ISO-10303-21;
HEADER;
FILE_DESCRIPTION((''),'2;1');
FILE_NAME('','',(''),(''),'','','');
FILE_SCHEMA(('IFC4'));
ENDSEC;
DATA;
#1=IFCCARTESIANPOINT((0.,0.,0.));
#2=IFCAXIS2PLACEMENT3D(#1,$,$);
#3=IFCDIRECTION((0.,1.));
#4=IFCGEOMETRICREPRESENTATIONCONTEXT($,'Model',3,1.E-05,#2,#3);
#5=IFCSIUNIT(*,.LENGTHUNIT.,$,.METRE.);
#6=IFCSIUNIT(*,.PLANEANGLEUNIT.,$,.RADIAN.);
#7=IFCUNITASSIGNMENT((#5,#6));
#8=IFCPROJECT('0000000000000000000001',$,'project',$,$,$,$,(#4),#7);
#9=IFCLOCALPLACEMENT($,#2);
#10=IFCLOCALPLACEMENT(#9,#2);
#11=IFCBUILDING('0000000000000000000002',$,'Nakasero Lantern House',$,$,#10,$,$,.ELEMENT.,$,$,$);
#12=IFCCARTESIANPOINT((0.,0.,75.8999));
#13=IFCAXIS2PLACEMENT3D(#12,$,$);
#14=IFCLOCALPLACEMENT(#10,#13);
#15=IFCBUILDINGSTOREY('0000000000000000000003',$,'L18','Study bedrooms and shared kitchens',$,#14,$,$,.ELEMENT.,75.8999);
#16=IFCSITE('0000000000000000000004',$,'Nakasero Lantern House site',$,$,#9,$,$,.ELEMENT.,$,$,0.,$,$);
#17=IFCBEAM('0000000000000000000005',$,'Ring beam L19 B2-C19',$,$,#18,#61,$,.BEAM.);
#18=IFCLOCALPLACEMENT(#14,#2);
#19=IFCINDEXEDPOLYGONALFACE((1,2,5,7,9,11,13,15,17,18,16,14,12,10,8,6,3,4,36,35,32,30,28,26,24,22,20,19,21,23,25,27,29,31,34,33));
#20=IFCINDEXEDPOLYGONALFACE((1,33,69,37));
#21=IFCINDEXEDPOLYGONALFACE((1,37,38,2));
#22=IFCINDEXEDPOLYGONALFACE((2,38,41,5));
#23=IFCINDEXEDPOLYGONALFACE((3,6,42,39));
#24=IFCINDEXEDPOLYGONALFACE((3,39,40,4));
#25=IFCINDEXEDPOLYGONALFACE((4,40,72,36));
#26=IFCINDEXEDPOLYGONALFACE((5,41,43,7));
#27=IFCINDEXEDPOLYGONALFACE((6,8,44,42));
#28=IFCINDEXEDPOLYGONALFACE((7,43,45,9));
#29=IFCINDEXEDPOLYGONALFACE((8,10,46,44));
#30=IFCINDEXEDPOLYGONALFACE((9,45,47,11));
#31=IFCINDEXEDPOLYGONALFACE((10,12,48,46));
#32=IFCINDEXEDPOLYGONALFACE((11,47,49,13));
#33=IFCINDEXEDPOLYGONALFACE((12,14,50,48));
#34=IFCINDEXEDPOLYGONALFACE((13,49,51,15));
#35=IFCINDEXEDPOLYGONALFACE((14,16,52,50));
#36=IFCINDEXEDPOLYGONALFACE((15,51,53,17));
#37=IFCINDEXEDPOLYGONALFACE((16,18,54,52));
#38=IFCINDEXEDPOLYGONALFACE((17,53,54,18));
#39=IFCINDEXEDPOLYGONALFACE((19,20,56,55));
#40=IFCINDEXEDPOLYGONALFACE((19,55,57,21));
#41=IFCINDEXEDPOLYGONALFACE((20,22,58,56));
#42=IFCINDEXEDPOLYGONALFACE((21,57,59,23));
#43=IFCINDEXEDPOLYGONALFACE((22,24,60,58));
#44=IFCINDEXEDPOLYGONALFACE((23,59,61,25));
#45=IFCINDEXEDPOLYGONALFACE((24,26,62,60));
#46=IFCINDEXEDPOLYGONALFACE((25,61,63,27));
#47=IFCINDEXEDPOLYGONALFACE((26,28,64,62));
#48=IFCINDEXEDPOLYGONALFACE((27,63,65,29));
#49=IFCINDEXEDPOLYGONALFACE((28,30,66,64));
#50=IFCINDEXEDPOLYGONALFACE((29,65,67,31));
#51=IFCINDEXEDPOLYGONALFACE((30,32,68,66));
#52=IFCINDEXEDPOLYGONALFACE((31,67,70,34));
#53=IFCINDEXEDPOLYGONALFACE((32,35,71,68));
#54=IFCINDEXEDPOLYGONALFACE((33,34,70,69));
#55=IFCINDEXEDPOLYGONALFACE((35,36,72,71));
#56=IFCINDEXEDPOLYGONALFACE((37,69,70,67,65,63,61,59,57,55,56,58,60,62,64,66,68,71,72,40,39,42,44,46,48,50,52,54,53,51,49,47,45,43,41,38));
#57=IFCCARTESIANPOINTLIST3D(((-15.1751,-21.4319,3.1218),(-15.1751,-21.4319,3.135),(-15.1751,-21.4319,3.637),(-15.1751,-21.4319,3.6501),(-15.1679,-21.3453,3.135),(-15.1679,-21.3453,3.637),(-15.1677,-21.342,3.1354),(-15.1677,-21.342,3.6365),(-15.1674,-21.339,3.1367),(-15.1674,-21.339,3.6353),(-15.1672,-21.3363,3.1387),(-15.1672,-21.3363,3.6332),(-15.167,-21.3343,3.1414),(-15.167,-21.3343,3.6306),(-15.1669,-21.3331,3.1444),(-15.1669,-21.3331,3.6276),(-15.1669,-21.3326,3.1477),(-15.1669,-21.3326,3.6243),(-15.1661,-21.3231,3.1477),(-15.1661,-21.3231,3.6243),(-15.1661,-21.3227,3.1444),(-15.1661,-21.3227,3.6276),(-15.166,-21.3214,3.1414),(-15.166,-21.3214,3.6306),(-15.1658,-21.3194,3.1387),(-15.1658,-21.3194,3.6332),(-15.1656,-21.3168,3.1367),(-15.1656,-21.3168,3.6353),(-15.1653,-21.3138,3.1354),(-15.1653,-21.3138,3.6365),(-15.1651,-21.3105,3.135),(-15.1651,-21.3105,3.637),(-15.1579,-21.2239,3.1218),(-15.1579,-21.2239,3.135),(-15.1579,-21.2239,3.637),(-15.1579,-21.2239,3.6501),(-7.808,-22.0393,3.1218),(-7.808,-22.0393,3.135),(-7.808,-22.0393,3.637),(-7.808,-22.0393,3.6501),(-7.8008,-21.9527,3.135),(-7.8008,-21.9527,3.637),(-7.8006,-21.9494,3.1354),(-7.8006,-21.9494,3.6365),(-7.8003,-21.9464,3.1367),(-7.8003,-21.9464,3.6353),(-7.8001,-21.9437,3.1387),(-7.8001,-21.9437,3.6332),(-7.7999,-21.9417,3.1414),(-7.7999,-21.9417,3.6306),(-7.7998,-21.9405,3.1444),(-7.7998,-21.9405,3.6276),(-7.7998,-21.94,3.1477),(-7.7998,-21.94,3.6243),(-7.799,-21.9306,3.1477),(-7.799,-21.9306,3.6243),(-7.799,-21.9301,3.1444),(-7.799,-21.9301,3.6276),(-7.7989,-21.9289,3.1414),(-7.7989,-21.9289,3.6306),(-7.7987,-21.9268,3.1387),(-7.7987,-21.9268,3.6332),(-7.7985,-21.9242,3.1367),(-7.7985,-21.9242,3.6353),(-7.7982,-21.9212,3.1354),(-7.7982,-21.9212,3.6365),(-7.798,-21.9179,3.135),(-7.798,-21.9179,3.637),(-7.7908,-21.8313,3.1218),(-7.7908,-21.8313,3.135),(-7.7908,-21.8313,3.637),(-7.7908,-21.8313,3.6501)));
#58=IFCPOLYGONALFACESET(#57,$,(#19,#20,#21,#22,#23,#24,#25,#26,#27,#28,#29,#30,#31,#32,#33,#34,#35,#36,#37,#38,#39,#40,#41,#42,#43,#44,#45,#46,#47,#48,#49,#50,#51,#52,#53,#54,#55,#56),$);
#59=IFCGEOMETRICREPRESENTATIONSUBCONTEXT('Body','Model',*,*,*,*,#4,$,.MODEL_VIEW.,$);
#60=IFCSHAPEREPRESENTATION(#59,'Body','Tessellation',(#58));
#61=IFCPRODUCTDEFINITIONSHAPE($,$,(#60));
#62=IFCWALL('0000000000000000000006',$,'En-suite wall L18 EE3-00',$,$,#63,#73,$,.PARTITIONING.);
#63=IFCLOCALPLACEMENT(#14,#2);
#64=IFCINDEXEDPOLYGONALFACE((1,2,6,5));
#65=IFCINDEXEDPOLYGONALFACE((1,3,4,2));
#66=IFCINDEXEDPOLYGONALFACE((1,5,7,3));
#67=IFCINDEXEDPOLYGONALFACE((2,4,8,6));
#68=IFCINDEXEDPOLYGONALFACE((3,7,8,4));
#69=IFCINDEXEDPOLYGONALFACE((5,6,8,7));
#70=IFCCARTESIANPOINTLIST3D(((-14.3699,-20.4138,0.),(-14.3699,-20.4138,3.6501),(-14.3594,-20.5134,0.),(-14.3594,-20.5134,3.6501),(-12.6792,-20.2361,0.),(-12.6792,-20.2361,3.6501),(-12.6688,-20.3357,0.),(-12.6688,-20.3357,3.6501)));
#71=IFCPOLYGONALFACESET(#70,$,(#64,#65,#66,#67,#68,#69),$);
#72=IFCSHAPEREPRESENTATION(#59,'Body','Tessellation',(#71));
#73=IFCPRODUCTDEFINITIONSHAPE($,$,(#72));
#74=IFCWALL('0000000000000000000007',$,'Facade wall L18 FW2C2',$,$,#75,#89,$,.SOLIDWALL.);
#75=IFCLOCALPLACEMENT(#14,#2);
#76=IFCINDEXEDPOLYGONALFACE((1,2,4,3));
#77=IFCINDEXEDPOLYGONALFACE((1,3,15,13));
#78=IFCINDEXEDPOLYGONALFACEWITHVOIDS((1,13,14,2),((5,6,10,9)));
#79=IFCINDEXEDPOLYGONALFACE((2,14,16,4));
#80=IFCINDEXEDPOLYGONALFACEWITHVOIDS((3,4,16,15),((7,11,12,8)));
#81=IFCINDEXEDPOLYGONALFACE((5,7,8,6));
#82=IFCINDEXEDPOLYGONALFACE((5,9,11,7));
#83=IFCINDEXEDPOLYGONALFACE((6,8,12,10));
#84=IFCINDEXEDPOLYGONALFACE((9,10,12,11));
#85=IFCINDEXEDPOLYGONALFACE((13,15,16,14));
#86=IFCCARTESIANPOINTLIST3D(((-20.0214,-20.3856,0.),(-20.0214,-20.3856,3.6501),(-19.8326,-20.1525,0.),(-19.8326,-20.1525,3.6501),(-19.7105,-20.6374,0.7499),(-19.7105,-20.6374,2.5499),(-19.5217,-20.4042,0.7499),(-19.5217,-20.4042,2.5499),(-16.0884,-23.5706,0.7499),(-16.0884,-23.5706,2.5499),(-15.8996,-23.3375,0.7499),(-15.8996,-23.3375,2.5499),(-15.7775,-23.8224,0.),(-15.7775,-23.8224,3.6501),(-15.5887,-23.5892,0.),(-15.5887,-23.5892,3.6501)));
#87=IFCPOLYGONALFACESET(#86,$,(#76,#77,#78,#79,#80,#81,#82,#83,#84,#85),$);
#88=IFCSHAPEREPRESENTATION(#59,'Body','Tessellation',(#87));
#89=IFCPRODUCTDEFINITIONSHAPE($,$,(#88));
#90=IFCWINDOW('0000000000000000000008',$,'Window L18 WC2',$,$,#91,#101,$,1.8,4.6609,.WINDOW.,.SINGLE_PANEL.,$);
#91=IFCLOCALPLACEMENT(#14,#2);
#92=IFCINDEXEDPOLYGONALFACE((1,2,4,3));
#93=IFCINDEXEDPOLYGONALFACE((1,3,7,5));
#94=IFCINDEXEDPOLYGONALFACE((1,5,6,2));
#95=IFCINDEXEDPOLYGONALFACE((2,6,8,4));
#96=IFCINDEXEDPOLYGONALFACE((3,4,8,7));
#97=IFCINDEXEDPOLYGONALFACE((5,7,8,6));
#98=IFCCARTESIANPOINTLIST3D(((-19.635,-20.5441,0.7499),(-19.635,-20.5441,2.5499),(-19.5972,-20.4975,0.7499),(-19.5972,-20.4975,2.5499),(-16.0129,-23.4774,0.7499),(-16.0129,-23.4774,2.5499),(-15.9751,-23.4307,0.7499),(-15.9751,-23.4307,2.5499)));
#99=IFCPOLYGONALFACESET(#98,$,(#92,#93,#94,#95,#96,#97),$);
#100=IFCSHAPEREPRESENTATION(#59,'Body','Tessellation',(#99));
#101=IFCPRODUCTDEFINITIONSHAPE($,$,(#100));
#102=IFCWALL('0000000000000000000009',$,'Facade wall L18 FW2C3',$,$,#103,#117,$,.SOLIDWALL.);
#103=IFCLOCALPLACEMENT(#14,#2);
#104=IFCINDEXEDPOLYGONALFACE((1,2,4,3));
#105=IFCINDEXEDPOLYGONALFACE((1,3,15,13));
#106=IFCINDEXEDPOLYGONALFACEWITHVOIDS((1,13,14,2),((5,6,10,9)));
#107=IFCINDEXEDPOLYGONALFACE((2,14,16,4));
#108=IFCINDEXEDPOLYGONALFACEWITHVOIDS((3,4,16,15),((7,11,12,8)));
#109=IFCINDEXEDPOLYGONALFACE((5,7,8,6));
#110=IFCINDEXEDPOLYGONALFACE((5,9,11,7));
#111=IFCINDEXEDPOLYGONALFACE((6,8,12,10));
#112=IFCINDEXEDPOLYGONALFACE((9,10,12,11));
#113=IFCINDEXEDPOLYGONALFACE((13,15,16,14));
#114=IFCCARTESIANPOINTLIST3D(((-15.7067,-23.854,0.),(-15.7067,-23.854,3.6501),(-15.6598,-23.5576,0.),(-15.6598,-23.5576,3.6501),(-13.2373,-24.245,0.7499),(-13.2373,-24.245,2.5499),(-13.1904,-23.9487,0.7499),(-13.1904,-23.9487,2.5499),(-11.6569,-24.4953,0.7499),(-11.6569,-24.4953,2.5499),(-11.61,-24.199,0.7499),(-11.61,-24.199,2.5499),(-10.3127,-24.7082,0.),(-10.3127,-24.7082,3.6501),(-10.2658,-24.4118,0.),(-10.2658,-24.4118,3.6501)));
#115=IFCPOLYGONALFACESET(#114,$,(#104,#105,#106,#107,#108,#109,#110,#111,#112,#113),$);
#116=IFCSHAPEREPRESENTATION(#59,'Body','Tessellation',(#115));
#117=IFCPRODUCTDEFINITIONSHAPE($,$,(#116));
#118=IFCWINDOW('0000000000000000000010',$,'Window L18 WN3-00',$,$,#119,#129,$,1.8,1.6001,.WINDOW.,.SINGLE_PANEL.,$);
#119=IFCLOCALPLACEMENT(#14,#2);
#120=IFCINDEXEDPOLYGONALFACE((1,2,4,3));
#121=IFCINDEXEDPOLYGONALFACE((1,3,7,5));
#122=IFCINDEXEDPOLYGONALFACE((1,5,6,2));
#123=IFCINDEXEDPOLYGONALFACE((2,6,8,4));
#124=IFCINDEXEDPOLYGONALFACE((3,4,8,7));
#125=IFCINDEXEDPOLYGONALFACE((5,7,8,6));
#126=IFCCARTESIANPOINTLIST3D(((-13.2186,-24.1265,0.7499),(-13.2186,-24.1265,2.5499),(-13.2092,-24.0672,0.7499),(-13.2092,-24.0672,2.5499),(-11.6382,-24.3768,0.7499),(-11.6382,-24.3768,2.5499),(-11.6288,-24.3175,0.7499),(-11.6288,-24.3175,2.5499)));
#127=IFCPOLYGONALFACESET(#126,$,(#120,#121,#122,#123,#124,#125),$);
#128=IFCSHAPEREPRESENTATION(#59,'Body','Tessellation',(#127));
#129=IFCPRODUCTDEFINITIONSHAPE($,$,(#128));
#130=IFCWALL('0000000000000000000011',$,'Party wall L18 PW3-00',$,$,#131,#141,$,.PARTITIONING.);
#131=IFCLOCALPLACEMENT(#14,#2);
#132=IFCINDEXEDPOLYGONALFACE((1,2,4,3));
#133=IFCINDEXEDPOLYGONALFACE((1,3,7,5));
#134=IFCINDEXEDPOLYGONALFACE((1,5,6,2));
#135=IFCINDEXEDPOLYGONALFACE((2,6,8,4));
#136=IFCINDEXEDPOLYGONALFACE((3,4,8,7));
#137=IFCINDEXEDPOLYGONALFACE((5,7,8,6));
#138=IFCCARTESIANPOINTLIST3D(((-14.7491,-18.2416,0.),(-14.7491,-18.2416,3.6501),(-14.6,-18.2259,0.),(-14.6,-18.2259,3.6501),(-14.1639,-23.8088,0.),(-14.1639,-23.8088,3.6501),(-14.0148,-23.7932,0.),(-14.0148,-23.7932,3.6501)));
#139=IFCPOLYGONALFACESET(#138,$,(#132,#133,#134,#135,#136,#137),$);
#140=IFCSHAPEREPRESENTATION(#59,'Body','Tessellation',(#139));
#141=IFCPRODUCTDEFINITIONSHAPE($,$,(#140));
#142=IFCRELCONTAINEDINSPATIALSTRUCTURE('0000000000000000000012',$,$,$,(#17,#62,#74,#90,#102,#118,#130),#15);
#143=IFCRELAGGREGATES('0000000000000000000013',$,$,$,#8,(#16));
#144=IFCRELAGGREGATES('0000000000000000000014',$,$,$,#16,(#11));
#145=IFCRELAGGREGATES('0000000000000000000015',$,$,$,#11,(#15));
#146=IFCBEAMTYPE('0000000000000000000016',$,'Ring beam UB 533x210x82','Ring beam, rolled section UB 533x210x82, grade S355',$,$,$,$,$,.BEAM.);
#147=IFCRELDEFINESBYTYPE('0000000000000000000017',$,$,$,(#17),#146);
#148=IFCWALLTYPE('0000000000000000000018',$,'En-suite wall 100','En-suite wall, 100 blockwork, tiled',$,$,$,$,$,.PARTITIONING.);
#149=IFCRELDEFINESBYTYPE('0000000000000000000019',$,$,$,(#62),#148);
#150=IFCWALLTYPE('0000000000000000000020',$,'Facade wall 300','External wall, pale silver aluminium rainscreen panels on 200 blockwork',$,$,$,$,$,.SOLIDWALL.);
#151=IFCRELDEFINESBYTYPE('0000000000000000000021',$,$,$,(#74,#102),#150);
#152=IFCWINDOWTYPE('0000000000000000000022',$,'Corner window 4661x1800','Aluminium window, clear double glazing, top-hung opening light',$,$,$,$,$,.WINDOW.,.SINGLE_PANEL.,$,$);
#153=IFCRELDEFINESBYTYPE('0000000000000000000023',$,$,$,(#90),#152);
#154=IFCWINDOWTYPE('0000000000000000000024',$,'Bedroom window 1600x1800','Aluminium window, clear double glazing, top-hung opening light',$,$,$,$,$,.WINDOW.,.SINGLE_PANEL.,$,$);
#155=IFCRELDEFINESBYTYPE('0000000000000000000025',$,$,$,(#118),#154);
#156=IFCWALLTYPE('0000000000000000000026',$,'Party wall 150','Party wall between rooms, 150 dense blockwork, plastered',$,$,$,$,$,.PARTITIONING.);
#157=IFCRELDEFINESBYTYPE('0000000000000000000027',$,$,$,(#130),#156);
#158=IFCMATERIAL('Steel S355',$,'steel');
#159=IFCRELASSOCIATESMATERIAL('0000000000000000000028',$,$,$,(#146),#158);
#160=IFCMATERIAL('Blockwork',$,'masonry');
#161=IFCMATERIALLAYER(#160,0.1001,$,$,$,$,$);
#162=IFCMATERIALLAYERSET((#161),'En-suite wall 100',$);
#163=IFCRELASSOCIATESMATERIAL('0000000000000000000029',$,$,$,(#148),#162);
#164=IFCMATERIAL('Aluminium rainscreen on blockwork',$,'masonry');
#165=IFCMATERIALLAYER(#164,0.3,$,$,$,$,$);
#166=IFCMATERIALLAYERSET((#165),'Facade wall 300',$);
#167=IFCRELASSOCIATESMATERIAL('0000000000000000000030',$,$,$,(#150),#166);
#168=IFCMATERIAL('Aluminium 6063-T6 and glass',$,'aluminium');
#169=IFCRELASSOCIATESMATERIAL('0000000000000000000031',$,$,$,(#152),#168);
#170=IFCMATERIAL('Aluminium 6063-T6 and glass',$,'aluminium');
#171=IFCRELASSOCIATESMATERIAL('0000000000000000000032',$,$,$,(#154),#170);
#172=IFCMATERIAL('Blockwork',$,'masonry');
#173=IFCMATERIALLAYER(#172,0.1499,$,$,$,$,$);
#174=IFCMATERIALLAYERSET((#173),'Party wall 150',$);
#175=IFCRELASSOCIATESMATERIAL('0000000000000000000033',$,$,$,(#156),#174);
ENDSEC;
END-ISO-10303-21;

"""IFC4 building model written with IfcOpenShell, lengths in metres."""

from ifc_helpers import new_model, si_unit, direction, frame, frame_2d, origin, origin_2d, place, context, subcontext, project, spatial, rectangle, i_section, extrude, material, layer, layer_set, material_profile, profile_set, type_object, element, fill, save


model = new_model("IFC4")

# Units and contexts
model_context = context("Model", 3, precision=1e-05, world=origin(), true_north=direction((0.0, 1.0)))
body_context = subcontext(model_context, "Body", "Model", "MODEL_VIEW")
ifc_project = project(units=[si_unit("LENGTHUNIT", "METRE"), si_unit("PLANEANGLEUNIT", "RADIAN")], contexts=[model_context])

# Site, building, storey
site_placement = place(None, origin())
site = spatial("IfcSite", under=ifc_project, at=site_placement, Name="Nakasero Lantern House site", CompositionType="ELEMENT", RefElevation=0.0)
building_placement = place(site_placement, origin())
building = spatial("IfcBuilding", under=site, at=building_placement, Name="Nakasero Lantern House", CompositionType="ELEMENT")
storey_placement = place(building_placement, frame((0.0, 0.0, 75.8999)))
storey = spatial("IfcBuildingStorey", under=building, at=storey_placement, Name="L18", Description="Study bedrooms and shared kitchens", CompositionType="ELEMENT", Elevation=75.8999)

# Beam
ifc_material_1 = material(Name="Steel S355", Category="steel")
ifc_material_profile_1 = material_profile(ifc_material_1, i_section(OverallWidth=0.2087, OverallDepth=0.5283, WebThickness=0.0095, FlangeThickness=0.0132, FilletRadius=0.0127, at=origin_2d()), Name="UB 533x210x82")
ifc_profile_set_1 = profile_set([ifc_material_profile_1], Name="Steel S355")
beam_type_1 = type_object("IfcBeamType", Name="Ring beam UB 533x210x82", Description="Ring beam, rolled section UB 533x210x82, grade S355", PredefinedType="BEAM", material=ifc_profile_set_1)
beam_1_placement = place(storey_placement, frame((-15.1665, -21.3279, 3.386), z_axis=(0.996618, -0.082171, 0.0), x_axis=(0.082171, 0.996618, 0.0)))
element("IfcBeam", 1, at=beam_1_placement, inside=storey, type_object=beam_type_1, Name="Ring beam L19 B2-C19", PredefinedType="BEAM", context=body_context, shape_type="SweptSolid", body=[
    extrude(i_section(OverallWidth=0.2087, OverallDepth=0.5283, WebThickness=0.0095, FlangeThickness=0.0132, FilletRadius=0.0127, at=origin_2d()), origin(), (0.0, 0.0, 1.0), 7.3921),
])

# Wall
ifc_material_2 = material(Name="Blockwork", Category="masonry")
ifc_layer_1 = layer(ifc_material_2, 0.1001)
ifc_layer_set_1 = layer_set([ifc_layer_1], Name="En-suite wall 100")
wall_type_1 = type_object("IfcWallType", Name="En-suite wall 100", Description="En-suite wall, 100 blockwork, tiled", PredefinedType="PARTITIONING", material=ifc_layer_set_1)
wall_1_placement = place(storey_placement, frame((-14.3647, -20.4636, 0.0), z_axis=(0.0, 0.0, 1.0), x_axis=(0.99452, 0.10455, 0.0)))
element("IfcWall", 2, at=wall_1_placement, inside=storey, type_object=wall_type_1, Name="En-suite wall L18 EE3-00", PredefinedType="PARTITIONING", context=body_context, shape_type="SweptSolid", body=[
    extrude(rectangle(XDim=1.7, YDim=0.1001, at=frame_2d((0.8501, 0.0))), origin(), (0.0, 0.0, 1.0), 3.6501),
])

# Walls, openings, windows
ifc_material_3 = material(Name="Aluminium rainscreen on blockwork", Category="masonry")
ifc_layer_2 = layer(ifc_material_3, 0.3)
ifc_layer_set_2 = layer_set([ifc_layer_2], Name="Facade wall 300")
wall_type_2 = type_object("IfcWallType", Name="Facade wall 300", Description="External wall, pale silver aluminium rainscreen panels on 200 blockwork", PredefinedType="SOLIDWALL", material=ifc_layer_set_2)
wall_2_placement = place(storey_placement, frame((-19.927, -20.269, 0.0), z_axis=(0.0, 0.0, 1.0), x_axis=(0.777135, -0.629335, 0.0)))
wall_2 = element("IfcWall", 3, at=wall_2_placement, inside=storey, type_object=wall_type_2, Name="Facade wall L18 FW2C2", PredefinedType="SOLIDWALL", context=body_context, shape_type="SweptSolid", body=[
    extrude(rectangle(XDim=5.4609, YDim=0.3, at=frame_2d((2.7305, 0.0))), origin(), (0.0, 0.0, 1.0), 3.6501),
])
opening_1_placement = place(wall_2_placement, frame((0.3999, 0.0, 0.75)))
opening_1 = element("IfcOpeningElement", 4, at=opening_1_placement, cuts=wall_2, PredefinedType="OPENING", context=body_context, shape_type="SweptSolid", body=[
    extrude(rectangle(XDim=4.6609, YDim=1.8, at=frame_2d((2.3306, 0.8999))), frame((0.0, 0.1699, 0.0), z_axis=(0.0, -1.0, 0.0), x_axis=(1.0, 0.0, 0.0)), (0.0, 0.0, 1.0), 0.3401),
])
ifc_material_4 = material(Name="Aluminium 6063-T6 and glass", Category="aluminium")
window_type_1 = type_object("IfcWindowType", Name="Corner window 4661x1800", Description="Aluminium window, clear double glazing, top-hung opening light", PartitioningType="SINGLE_PANEL", PredefinedType="WINDOW", material=ifc_material_4)
window_1_placement = place(opening_1_placement, origin())
window_1 = element("IfcWindow", 5, at=window_1_placement, inside=storey, type_object=window_type_1, Name="Window L18 WC2", OverallHeight=1.8, OverallWidth=4.6609, PartitioningType="SINGLE_PANEL", PredefinedType="WINDOW", context=body_context, shape_type="SweptSolid", body=[
    extrude(rectangle(XDim=4.6609, YDim=1.8, at=frame_2d((2.3306, 0.8999))), frame((0.0, 0.03, 0.0), z_axis=(0.0, -1.0, 0.0), x_axis=(1.0, 0.0, 0.0)), (0.0, 0.0, 1.0), 0.0601),
])
fill(opening_1, window_1)
wall_3_placement = place(storey_placement, frame((-15.6831, -23.7058, 0.0), z_axis=(0.0, 0.0, 1.0), x_axis=(0.987691, -0.156419, 0.0)))
wall_3 = element("IfcWall", 6, at=wall_3_placement, inside=storey, type_object=wall_type_2, Name="Facade wall L18 FW2C3", PredefinedType="SOLIDWALL", context=body_context, shape_type="SweptSolid", body=[
    extrude(rectangle(XDim=5.4612, YDim=0.3, at=frame_2d((2.7305, 0.0))), origin(), (0.0, 0.0, 1.0), 3.6501),
])
opening_2_placement = place(wall_3_placement, frame((2.5, 0.0, 0.75)))
opening_2 = element("IfcOpeningElement", 7, at=opening_2_placement, cuts=wall_3, PredefinedType="OPENING", context=body_context, shape_type="SweptSolid", body=[
    extrude(rectangle(XDim=1.6001, YDim=1.8, at=frame_2d((0.8, 0.8999))), frame((0.0, 0.1699, 0.0), z_axis=(0.0, -1.0, 0.0), x_axis=(1.0, 0.0, 0.0)), (0.0, 0.0, 1.0), 0.3401),
])
ifc_material_5 = material(Name="Aluminium 6063-T6 and glass", Category="aluminium")
window_type_2 = type_object("IfcWindowType", Name="Bedroom window 1600x1800", Description="Aluminium window, clear double glazing, top-hung opening light", PartitioningType="SINGLE_PANEL", PredefinedType="WINDOW", material=ifc_material_5)
window_2_placement = place(opening_2_placement, origin())
window_2 = element("IfcWindow", 8, at=window_2_placement, inside=storey, type_object=window_type_2, Name="Window L18 WN3-00", OverallHeight=1.8, OverallWidth=1.6001, PartitioningType="SINGLE_PANEL", PredefinedType="WINDOW", context=body_context, shape_type="SweptSolid", body=[
    extrude(rectangle(XDim=1.6001, YDim=1.8, at=frame_2d((0.8, 0.8999))), frame((0.0, 0.03, 0.0), z_axis=(0.0, -1.0, 0.0), x_axis=(1.0, 0.0, 0.0)), (0.0, 0.0, 1.0), 0.0601),
])
fill(opening_2, window_2)

# Wall
ifc_material_6 = material(Name="Blockwork", Category="masonry")
ifc_layer_3 = layer(ifc_material_6, 0.1499)
ifc_layer_set_3 = layer_set([ifc_layer_3], Name="Party wall 150")
wall_type_3 = type_object("IfcWallType", Name="Party wall 150", Description="Party wall between rooms, 150 dense blockwork, plastered", PredefinedType="PARTITIONING", material=ifc_layer_set_3)
wall_4_placement = place(storey_placement, frame((-14.6746, -18.2339, 0.0), z_axis=(0.0, 0.0, 1.0), x_axis=(0.104542, -0.99452, 0.0)))
element("IfcWall", 9, at=wall_4_placement, inside=storey, type_object=wall_type_3, Name="Party wall L18 PW3-00", PredefinedType="PARTITIONING", context=body_context, shape_type="SweptSolid", body=[
    extrude(rectangle(XDim=5.5979, YDim=0.1499, at=frame_2d((2.7988, 0.0))), origin(), (0.0, 0.0, 1.0), 3.6501),
])

save(model, "model.ifc")
